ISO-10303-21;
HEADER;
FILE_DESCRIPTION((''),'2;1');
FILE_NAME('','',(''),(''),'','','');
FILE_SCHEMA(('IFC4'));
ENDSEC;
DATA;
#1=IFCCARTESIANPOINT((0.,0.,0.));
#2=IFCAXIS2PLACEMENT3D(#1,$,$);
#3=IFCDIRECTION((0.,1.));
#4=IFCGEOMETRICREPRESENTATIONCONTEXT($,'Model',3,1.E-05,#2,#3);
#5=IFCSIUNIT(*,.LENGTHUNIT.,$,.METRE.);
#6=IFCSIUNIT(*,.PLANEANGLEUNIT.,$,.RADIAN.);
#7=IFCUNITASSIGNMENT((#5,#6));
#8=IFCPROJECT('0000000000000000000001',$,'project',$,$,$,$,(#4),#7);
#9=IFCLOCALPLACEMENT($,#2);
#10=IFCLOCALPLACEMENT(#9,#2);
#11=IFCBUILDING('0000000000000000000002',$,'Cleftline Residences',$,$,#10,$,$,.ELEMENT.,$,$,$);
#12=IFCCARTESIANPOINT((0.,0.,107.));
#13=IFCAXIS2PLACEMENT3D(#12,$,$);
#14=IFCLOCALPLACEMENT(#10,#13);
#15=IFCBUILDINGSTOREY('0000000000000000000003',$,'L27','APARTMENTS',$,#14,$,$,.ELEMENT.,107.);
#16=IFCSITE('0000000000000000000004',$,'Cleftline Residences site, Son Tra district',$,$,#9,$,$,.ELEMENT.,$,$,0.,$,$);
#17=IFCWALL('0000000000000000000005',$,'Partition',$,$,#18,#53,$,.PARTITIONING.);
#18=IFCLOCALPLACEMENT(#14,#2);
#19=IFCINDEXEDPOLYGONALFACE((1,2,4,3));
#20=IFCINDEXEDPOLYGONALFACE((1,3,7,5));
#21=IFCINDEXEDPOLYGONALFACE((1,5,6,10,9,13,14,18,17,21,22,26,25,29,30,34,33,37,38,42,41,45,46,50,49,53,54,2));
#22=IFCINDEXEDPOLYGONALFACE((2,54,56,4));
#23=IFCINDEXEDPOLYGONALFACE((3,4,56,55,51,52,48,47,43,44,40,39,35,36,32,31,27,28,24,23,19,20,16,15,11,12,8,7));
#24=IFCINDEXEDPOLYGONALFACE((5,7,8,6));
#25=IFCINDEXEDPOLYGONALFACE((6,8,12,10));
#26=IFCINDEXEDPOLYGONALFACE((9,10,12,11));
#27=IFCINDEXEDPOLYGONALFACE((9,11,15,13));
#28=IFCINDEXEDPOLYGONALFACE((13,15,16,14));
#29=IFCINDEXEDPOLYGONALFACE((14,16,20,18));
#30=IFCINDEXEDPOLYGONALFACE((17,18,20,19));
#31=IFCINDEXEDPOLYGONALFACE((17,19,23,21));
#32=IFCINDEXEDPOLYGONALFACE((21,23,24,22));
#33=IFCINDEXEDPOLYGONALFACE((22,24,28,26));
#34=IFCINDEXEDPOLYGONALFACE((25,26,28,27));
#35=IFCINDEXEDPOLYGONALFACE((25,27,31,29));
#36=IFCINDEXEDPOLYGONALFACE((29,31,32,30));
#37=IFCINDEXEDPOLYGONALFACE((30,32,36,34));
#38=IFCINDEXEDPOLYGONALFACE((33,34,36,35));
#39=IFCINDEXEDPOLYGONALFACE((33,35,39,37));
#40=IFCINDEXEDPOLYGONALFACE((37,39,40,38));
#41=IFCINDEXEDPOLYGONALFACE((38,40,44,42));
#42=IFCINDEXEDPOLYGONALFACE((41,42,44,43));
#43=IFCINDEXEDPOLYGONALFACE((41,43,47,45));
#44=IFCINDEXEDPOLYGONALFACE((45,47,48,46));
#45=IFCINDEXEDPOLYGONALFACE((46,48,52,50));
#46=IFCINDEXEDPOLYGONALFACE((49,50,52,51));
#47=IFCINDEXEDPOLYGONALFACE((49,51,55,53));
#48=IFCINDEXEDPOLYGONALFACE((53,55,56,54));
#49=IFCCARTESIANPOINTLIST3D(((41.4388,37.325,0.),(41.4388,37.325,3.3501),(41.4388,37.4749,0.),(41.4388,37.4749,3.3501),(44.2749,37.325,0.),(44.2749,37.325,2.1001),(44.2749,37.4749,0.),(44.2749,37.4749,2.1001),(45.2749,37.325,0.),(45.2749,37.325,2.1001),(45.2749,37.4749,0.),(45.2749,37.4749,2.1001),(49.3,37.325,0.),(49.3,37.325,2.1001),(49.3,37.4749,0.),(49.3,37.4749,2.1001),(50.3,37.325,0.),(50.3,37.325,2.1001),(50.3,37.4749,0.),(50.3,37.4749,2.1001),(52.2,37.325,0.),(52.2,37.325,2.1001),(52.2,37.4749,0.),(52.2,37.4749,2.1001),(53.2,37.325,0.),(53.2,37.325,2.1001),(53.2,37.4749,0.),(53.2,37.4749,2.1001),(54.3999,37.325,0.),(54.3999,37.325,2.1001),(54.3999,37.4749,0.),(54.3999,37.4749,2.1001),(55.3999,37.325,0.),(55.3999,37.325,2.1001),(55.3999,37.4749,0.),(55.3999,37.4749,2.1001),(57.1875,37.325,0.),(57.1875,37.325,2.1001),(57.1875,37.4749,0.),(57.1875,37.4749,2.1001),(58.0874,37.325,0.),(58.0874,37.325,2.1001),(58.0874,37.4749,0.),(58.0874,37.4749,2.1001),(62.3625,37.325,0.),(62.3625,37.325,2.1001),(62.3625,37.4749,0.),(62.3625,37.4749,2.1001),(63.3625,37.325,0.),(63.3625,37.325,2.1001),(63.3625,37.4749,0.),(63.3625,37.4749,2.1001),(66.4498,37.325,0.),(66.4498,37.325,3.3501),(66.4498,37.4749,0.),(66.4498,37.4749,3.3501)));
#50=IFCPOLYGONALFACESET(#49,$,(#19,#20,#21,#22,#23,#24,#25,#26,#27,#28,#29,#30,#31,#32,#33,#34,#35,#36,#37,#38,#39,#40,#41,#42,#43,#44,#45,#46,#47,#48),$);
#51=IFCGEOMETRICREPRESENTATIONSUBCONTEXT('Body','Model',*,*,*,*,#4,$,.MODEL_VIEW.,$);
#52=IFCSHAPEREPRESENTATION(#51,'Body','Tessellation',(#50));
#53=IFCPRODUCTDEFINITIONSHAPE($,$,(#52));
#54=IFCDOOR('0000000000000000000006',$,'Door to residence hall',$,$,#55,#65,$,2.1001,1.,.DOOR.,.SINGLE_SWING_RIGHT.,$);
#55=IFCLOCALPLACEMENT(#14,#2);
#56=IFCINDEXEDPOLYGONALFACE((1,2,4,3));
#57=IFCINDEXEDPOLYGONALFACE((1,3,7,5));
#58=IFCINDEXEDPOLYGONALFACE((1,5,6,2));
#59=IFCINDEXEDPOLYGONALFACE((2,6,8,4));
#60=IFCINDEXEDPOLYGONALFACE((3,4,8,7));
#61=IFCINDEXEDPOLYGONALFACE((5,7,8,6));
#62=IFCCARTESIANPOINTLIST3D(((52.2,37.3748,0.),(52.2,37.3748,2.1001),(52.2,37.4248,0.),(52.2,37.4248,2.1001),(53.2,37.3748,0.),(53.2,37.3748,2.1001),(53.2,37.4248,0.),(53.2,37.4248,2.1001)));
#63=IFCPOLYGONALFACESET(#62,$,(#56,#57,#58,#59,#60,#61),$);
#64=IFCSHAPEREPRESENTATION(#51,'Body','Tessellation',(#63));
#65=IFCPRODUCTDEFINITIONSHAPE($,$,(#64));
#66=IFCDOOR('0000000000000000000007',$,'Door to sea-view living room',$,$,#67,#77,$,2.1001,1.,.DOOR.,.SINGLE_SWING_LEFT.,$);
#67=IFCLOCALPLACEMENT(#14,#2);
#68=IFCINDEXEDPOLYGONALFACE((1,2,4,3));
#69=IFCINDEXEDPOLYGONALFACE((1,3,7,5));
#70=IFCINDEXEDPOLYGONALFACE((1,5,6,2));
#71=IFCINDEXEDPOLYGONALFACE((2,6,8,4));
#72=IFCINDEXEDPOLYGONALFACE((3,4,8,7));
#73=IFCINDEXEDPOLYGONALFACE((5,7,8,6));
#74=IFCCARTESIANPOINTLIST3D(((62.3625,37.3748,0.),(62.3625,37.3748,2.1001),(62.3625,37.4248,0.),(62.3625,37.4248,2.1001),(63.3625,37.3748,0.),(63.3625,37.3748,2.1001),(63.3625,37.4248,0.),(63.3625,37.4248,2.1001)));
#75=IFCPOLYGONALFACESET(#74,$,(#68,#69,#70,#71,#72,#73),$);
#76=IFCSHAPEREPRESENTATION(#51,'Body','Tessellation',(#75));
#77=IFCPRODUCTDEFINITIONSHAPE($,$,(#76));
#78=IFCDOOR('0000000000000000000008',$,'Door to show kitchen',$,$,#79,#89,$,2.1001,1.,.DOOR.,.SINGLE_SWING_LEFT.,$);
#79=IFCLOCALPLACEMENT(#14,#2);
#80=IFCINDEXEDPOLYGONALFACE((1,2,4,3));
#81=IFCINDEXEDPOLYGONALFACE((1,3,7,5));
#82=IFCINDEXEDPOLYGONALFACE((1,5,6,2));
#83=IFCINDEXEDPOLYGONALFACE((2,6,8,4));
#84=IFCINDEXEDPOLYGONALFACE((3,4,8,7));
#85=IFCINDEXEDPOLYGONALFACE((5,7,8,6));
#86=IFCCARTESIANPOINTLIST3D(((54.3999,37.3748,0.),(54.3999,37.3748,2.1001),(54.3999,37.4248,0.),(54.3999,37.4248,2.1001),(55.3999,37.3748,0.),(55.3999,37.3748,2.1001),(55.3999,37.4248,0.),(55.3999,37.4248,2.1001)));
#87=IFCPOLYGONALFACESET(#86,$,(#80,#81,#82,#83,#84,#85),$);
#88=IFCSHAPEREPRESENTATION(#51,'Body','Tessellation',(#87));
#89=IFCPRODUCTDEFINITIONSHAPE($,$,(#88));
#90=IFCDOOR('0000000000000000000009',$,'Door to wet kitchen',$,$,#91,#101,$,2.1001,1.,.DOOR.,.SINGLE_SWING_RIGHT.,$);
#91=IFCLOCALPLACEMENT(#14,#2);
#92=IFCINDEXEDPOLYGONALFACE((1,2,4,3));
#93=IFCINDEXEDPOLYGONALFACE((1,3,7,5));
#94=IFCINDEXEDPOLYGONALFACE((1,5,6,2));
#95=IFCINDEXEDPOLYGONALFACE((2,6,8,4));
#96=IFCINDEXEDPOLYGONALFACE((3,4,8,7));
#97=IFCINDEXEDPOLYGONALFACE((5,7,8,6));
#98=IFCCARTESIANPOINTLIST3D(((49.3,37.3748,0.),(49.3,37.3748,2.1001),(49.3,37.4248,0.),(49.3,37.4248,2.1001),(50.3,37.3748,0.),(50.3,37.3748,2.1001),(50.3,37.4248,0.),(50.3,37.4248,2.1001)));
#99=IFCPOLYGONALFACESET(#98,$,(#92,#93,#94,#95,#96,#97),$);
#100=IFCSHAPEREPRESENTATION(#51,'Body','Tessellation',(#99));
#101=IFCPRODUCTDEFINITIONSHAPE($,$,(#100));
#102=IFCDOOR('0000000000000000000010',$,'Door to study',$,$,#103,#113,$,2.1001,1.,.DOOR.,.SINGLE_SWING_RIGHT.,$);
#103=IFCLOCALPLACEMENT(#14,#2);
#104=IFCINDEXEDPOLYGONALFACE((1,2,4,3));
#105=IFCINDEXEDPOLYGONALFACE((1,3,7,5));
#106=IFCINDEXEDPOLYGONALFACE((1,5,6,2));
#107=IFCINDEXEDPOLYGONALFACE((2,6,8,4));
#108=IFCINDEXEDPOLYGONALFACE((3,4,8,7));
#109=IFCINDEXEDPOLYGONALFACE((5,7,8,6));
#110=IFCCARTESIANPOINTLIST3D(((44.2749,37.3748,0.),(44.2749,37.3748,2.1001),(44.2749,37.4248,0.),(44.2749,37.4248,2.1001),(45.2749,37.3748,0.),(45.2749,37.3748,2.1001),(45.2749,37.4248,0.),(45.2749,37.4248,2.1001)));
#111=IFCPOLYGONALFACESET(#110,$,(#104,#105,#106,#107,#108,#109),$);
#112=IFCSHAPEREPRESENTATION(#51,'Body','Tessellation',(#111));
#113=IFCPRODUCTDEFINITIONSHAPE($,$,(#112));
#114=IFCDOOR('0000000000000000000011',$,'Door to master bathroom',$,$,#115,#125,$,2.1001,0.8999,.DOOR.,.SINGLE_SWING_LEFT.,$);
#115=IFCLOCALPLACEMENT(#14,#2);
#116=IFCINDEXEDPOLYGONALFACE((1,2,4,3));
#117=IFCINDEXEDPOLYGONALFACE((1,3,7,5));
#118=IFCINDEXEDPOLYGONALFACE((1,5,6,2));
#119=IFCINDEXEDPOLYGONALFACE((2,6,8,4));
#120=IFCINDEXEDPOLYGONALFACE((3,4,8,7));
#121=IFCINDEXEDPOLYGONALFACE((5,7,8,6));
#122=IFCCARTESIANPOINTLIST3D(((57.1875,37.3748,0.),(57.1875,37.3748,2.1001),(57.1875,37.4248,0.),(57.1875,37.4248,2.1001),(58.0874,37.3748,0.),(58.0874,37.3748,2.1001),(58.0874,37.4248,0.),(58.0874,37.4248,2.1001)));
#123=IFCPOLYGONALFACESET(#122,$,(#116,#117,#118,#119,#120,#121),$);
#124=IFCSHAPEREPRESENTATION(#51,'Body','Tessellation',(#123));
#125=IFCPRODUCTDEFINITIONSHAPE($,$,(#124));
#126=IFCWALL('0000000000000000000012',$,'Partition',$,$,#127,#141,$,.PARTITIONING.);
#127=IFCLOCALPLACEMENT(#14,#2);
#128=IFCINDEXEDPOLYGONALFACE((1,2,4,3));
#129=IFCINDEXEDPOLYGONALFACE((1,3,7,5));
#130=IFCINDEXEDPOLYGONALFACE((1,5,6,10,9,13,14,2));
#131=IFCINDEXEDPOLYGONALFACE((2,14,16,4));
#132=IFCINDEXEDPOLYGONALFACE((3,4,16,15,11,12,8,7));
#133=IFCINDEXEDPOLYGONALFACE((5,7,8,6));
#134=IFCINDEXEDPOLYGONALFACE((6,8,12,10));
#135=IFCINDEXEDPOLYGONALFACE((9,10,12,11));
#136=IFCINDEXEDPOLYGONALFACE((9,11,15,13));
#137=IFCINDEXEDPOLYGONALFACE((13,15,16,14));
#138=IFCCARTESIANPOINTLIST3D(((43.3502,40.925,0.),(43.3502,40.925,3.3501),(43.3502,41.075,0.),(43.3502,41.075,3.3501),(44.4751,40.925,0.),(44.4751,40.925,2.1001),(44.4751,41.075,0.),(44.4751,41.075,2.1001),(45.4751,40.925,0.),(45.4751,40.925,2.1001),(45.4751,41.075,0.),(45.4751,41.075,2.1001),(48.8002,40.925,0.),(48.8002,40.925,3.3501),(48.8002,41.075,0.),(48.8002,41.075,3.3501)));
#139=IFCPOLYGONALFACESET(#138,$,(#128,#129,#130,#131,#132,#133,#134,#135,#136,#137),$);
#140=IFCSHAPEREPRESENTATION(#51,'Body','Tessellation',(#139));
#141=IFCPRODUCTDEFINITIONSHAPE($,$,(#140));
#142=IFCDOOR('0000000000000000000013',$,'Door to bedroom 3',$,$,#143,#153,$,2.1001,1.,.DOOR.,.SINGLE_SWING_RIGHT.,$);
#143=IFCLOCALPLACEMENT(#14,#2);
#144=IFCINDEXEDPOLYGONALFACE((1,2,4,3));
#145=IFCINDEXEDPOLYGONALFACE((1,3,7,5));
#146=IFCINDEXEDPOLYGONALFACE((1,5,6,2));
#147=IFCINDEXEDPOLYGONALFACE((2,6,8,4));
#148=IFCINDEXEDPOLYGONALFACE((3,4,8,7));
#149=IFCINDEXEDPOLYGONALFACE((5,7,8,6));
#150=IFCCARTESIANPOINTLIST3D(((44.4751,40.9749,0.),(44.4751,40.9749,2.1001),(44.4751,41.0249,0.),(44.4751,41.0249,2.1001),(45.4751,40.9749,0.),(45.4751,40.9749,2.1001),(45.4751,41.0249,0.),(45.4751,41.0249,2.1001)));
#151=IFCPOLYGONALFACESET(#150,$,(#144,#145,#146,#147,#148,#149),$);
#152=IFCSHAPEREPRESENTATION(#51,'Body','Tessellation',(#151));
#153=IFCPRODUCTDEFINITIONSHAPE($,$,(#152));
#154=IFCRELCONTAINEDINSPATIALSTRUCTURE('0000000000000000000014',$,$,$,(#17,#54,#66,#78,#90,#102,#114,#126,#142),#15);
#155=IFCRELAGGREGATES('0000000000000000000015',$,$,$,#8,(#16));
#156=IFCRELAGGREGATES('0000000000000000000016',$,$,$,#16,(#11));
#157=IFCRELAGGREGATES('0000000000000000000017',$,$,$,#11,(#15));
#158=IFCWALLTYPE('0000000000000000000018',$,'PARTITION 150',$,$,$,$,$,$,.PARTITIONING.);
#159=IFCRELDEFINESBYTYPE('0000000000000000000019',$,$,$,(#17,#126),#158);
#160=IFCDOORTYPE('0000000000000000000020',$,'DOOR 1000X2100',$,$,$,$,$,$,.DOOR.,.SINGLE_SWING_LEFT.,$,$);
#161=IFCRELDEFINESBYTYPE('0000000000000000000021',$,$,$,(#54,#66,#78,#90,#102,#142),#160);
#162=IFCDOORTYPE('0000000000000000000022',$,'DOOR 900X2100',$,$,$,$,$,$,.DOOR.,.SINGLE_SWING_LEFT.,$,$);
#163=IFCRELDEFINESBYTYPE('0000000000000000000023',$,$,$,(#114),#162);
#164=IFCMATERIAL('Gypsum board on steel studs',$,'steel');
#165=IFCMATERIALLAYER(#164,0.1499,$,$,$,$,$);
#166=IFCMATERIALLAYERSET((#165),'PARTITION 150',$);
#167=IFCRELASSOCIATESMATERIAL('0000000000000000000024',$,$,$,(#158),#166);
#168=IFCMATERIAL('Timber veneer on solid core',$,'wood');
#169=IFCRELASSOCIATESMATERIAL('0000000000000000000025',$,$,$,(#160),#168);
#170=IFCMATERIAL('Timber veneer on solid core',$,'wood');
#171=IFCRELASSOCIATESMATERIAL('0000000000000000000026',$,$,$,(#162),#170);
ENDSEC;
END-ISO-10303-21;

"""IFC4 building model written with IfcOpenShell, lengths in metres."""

from ifc_helpers import new_model, si_unit, direction, frame, frame_2d, origin, place, context, subcontext, project, spatial, rectangle, extrude, material, layer, layer_set, type_object, element, fill, save


model = new_model("IFC4")

# Units and contexts
model_context = context("Model", 3, precision=1e-05, world=origin(), true_north=direction((0.0, 1.0)))
body_context = subcontext(model_context, "Body", "Model", "MODEL_VIEW")
ifc_project = project(units=[si_unit("LENGTHUNIT", "METRE"), si_unit("PLANEANGLEUNIT", "RADIAN")], contexts=[model_context])

# Site, building, storey
site_placement = place(None, origin())
site = spatial("IfcSite", under=ifc_project, at=site_placement, Name="Cleftline Residences site, Son Tra district", CompositionType="ELEMENT", RefElevation=0.0)
building_placement = place(site_placement, origin())
building = spatial("IfcBuilding", under=site, at=building_placement, Name="Cleftline Residences", CompositionType="ELEMENT")
storey_placement = place(building_placement, frame((0.0, 0.0, 107.0)))
storey = spatial("IfcBuildingStorey", under=building, at=storey_placement, Name="L27", Description="APARTMENTS", CompositionType="ELEMENT", Elevation=107.0)

# Wall, openings, doors
ifc_material_1 = material(Name="Gypsum board on steel studs", Category="steel")
ifc_layer_1 = layer(ifc_material_1, 0.1499)
ifc_layer_set_1 = layer_set([ifc_layer_1], Name="PARTITION 150")
wall_type = type_object("IfcWallType", Name="PARTITION 150", PredefinedType="PARTITIONING", material=ifc_layer_set_1)
wall_1_placement = place(storey_placement, frame((41.439, 37.3999, 0.0), z_axis=(0.0, 0.0, 1.0), x_axis=(1.0, 0.0, 0.0)))
wall_1 = element("IfcWall", 1, at=wall_1_placement, inside=storey, type_object=wall_type, Name="Partition", PredefinedType="PARTITIONING", context=body_context, shape_type="SweptSolid", body=[
    extrude(rectangle(XDim=25.011, YDim=0.1499, at=frame_2d((12.5054, 0.0))), origin(), (0.0, 0.0, 1.0), 3.3501),
])
opening_1_placement = place(wall_1_placement, frame((10.761, 0.0, 0.0)))
opening_1 = element("IfcOpeningElement", 2, at=opening_1_placement, cuts=wall_1, PredefinedType="OPENING", context=body_context, shape_type="SweptSolid", body=[
    extrude(rectangle(XDim=1.0, YDim=2.1001, at=frame_2d((0.5, 1.05))), frame((0.0, 0.085, 0.0), z_axis=(0.0, -1.0, 0.0), x_axis=(1.0, 0.0, 0.0)), (0.0, 0.0, 1.0), 0.1699),
])
opening_2_placement = place(wall_1_placement, frame((20.9236, 0.0, 0.0)))
opening_2 = element("IfcOpeningElement", 3, at=opening_2_placement, cuts=wall_1, PredefinedType="OPENING", context=body_context, shape_type="SweptSolid", body=[
    extrude(rectangle(XDim=1.0, YDim=2.1001, at=frame_2d((0.5, 1.05))), frame((0.0, 0.085, 0.0), z_axis=(0.0, -1.0, 0.0), x_axis=(1.0, 0.0, 0.0)), (0.0, 0.0, 1.0), 0.1699),
])
opening_3_placement = place(wall_1_placement, frame((15.7485, 0.0, 0.0)))
opening_3 = element("IfcOpeningElement", 4, at=opening_3_placement, cuts=wall_1, PredefinedType="OPENING", context=body_context, shape_type="SweptSolid", body=[
    extrude(rectangle(XDim=0.8999, YDim=2.1001, at=frame_2d((0.45, 1.05))), frame((0.0, 0.085, 0.0), z_axis=(0.0, -1.0, 0.0), x_axis=(1.0, 0.0, 0.0)), (0.0, 0.0, 1.0), 0.1699),
])
opening_4_placement = place(wall_1_placement, frame((12.9609, 0.0, 0.0)))
opening_4 = element("IfcOpeningElement", 5, at=opening_4_placement, cuts=wall_1, PredefinedType="OPENING", context=body_context, shape_type="SweptSolid", body=[
    extrude(rectangle(XDim=1.0, YDim=2.1001, at=frame_2d((0.5, 1.05))), frame((0.0, 0.085, 0.0), z_axis=(0.0, -1.0, 0.0), x_axis=(1.0, 0.0, 0.0)), (0.0, 0.0, 1.0), 0.1699),
])
opening_5_placement = place(wall_1_placement, frame((7.8611, 0.0, 0.0)))
opening_5 = element("IfcOpeningElement", 6, at=opening_5_placement, cuts=wall_1, PredefinedType="OPENING", context=body_context, shape_type="SweptSolid", body=[
    extrude(rectangle(XDim=1.0, YDim=2.1001, at=frame_2d((0.5, 1.05))), frame((0.0, 0.085, 0.0), z_axis=(0.0, -1.0, 0.0), x_axis=(1.0, 0.0, 0.0)), (0.0, 0.0, 1.0), 0.1699),
])
opening_6_placement = place(wall_1_placement, frame((2.8359, 0.0, 0.0)))
opening_6 = element("IfcOpeningElement", 7, at=opening_6_placement, cuts=wall_1, PredefinedType="OPENING", context=body_context, shape_type="SweptSolid", body=[
    extrude(rectangle(XDim=1.0, YDim=2.1001, at=frame_2d((0.5, 1.05))), frame((0.0, 0.085, 0.0), z_axis=(0.0, -1.0, 0.0), x_axis=(1.0, 0.0, 0.0)), (0.0, 0.0, 1.0), 0.1699),
])
ifc_material_2 = material(Name="Timber veneer on solid core", Category="wood")
door_type_1 = type_object("IfcDoorType", Name="DOOR 1000X2100", OperationType="SINGLE_SWING_LEFT", PredefinedType="DOOR", material=ifc_material_2)
door_1_placement = place(opening_1_placement, origin())
door_1 = element("IfcDoor", 8, at=door_1_placement, inside=storey, type_object=door_type_1, Name="Door to residence hall", OperationType="SINGLE_SWING_RIGHT", OverallHeight=2.1001, OverallWidth=1.0, PredefinedType="DOOR", context=body_context, shape_type="SweptSolid", body=[
    extrude(rectangle(XDim=1.0, YDim=2.1001, at=frame_2d((0.5, 1.05))), frame((0.0, 0.0249, 0.0), z_axis=(0.0, -1.0, 0.0), x_axis=(1.0, 0.0, 0.0)), (0.0, 0.0, 1.0), 0.05),
])
fill(opening_1, door_1)
door_2_placement = place(opening_2_placement, origin())
door_2 = element("IfcDoor", 9, at=door_2_placement, inside=storey, type_object=door_type_1, Name="Door to sea-view living room", OperationType="SINGLE_SWING_LEFT", OverallHeight=2.1001, OverallWidth=1.0, PredefinedType="DOOR", context=body_context, shape_type="SweptSolid", body=[
    extrude(rectangle(XDim=1.0, YDim=2.1001, at=frame_2d((0.5, 1.05))), frame((0.0, 0.0249, 0.0), z_axis=(0.0, -1.0, 0.0), x_axis=(1.0, 0.0, 0.0)), (0.0, 0.0, 1.0), 0.05),
])
fill(opening_2, door_2)
door_3_placement = place(opening_4_placement, origin())
door_3 = element("IfcDoor", 10, at=door_3_placement, inside=storey, type_object=door_type_1, Name="Door to show kitchen", OperationType="SINGLE_SWING_LEFT", OverallHeight=2.1001, OverallWidth=1.0, PredefinedType="DOOR", context=body_context, shape_type="SweptSolid", body=[
    extrude(rectangle(XDim=1.0, YDim=2.1001, at=frame_2d((0.5, 1.05))), frame((0.0, 0.0249, 0.0), z_axis=(0.0, -1.0, 0.0), x_axis=(1.0, 0.0, 0.0)), (0.0, 0.0, 1.0), 0.05),
])
fill(opening_4, door_3)
door_4_placement = place(opening_5_placement, origin())
door_4 = element("IfcDoor", 11, at=door_4_placement, inside=storey, type_object=door_type_1, Name="Door to wet kitchen", OperationType="SINGLE_SWING_RIGHT", OverallHeight=2.1001, OverallWidth=1.0, PredefinedType="DOOR", context=body_context, shape_type="SweptSolid", body=[
    extrude(rectangle(XDim=1.0, YDim=2.1001, at=frame_2d((0.5, 1.05))), frame((0.0, 0.0249, 0.0), z_axis=(0.0, -1.0, 0.0), x_axis=(1.0, 0.0, 0.0)), (0.0, 0.0, 1.0), 0.05),
])
fill(opening_5, door_4)
door_5_placement = place(opening_6_placement, origin())
door_5 = element("IfcDoor", 12, at=door_5_placement, inside=storey, type_object=door_type_1, Name="Door to study", OperationType="SINGLE_SWING_RIGHT", OverallHeight=2.1001, OverallWidth=1.0, PredefinedType="DOOR", context=body_context, shape_type="SweptSolid", body=[
    extrude(rectangle(XDim=1.0, YDim=2.1001, at=frame_2d((0.5, 1.05))), frame((0.0, 0.0249, 0.0), z_axis=(0.0, -1.0, 0.0), x_axis=(1.0, 0.0, 0.0)), (0.0, 0.0, 1.0), 0.05),
])
fill(opening_6, door_5)
ifc_material_3 = material(Name="Timber veneer on solid core", Category="wood")
door_type_2 = type_object("IfcDoorType", Name="DOOR 900X2100", OperationType="SINGLE_SWING_LEFT", PredefinedType="DOOR", material=ifc_material_3)
door_6_placement = place(opening_3_placement, origin())
door_6 = element("IfcDoor", 13, at=door_6_placement, inside=storey, type_object=door_type_2, Name="Door to master bathroom", OperationType="SINGLE_SWING_LEFT", OverallHeight=2.1001, OverallWidth=0.8999, PredefinedType="DOOR", context=body_context, shape_type="SweptSolid", body=[
    extrude(rectangle(XDim=0.8999, YDim=2.1001, at=frame_2d((0.45, 1.05))), frame((0.0, 0.0249, 0.0), z_axis=(0.0, -1.0, 0.0), x_axis=(1.0, 0.0, 0.0)), (0.0, 0.0, 1.0), 0.05),
])
fill(opening_3, door_6)

# Wall, opening, door
wall_2_placement = place(storey_placement, frame((43.3501, 41.0, 0.0), z_axis=(0.0, 0.0, 1.0), x_axis=(1.0, 0.0, 0.0)))
wall_2 = element("IfcWall", 14, at=wall_2_placement, inside=storey, type_object=wall_type, Name="Partition", PredefinedType="PARTITIONING", context=body_context, shape_type="SweptSolid", body=[
    extrude(rectangle(XDim=5.45, YDim=0.1499, at=frame_2d((2.7251, 0.0))), origin(), (0.0, 0.0, 1.0), 3.3501),
])
opening_7_placement = place(wall_2_placement, frame((1.125, 0.0, 0.0)))
opening_7 = element("IfcOpeningElement", 15, at=opening_7_placement, cuts=wall_2, PredefinedType="OPENING", context=body_context, shape_type="SweptSolid", body=[
    extrude(rectangle(XDim=1.0, YDim=2.1001, at=frame_2d((0.5, 1.05))), frame((0.0, 0.085, 0.0), z_axis=(0.0, -1.0, 0.0), x_axis=(1.0, 0.0, 0.0)), (0.0, 0.0, 1.0), 0.1699),
])
door_7_placement = place(opening_7_placement, origin())
door_7 = element("IfcDoor", 16, at=door_7_placement, inside=storey, type_object=door_type_1, Name="Door to bedroom 3", OperationType="SINGLE_SWING_RIGHT", OverallHeight=2.1001, OverallWidth=1.0, PredefinedType="DOOR", context=body_context, shape_type="SweptSolid", body=[
    extrude(rectangle(XDim=1.0, YDim=2.1001, at=frame_2d((0.5, 1.05))), frame((0.0, 0.0249, 0.0), z_axis=(0.0, -1.0, 0.0), x_axis=(1.0, 0.0, 0.0)), (0.0, 0.0, 1.0), 0.05),
])
fill(opening_7, door_7)

save(model, "model.ifc")
